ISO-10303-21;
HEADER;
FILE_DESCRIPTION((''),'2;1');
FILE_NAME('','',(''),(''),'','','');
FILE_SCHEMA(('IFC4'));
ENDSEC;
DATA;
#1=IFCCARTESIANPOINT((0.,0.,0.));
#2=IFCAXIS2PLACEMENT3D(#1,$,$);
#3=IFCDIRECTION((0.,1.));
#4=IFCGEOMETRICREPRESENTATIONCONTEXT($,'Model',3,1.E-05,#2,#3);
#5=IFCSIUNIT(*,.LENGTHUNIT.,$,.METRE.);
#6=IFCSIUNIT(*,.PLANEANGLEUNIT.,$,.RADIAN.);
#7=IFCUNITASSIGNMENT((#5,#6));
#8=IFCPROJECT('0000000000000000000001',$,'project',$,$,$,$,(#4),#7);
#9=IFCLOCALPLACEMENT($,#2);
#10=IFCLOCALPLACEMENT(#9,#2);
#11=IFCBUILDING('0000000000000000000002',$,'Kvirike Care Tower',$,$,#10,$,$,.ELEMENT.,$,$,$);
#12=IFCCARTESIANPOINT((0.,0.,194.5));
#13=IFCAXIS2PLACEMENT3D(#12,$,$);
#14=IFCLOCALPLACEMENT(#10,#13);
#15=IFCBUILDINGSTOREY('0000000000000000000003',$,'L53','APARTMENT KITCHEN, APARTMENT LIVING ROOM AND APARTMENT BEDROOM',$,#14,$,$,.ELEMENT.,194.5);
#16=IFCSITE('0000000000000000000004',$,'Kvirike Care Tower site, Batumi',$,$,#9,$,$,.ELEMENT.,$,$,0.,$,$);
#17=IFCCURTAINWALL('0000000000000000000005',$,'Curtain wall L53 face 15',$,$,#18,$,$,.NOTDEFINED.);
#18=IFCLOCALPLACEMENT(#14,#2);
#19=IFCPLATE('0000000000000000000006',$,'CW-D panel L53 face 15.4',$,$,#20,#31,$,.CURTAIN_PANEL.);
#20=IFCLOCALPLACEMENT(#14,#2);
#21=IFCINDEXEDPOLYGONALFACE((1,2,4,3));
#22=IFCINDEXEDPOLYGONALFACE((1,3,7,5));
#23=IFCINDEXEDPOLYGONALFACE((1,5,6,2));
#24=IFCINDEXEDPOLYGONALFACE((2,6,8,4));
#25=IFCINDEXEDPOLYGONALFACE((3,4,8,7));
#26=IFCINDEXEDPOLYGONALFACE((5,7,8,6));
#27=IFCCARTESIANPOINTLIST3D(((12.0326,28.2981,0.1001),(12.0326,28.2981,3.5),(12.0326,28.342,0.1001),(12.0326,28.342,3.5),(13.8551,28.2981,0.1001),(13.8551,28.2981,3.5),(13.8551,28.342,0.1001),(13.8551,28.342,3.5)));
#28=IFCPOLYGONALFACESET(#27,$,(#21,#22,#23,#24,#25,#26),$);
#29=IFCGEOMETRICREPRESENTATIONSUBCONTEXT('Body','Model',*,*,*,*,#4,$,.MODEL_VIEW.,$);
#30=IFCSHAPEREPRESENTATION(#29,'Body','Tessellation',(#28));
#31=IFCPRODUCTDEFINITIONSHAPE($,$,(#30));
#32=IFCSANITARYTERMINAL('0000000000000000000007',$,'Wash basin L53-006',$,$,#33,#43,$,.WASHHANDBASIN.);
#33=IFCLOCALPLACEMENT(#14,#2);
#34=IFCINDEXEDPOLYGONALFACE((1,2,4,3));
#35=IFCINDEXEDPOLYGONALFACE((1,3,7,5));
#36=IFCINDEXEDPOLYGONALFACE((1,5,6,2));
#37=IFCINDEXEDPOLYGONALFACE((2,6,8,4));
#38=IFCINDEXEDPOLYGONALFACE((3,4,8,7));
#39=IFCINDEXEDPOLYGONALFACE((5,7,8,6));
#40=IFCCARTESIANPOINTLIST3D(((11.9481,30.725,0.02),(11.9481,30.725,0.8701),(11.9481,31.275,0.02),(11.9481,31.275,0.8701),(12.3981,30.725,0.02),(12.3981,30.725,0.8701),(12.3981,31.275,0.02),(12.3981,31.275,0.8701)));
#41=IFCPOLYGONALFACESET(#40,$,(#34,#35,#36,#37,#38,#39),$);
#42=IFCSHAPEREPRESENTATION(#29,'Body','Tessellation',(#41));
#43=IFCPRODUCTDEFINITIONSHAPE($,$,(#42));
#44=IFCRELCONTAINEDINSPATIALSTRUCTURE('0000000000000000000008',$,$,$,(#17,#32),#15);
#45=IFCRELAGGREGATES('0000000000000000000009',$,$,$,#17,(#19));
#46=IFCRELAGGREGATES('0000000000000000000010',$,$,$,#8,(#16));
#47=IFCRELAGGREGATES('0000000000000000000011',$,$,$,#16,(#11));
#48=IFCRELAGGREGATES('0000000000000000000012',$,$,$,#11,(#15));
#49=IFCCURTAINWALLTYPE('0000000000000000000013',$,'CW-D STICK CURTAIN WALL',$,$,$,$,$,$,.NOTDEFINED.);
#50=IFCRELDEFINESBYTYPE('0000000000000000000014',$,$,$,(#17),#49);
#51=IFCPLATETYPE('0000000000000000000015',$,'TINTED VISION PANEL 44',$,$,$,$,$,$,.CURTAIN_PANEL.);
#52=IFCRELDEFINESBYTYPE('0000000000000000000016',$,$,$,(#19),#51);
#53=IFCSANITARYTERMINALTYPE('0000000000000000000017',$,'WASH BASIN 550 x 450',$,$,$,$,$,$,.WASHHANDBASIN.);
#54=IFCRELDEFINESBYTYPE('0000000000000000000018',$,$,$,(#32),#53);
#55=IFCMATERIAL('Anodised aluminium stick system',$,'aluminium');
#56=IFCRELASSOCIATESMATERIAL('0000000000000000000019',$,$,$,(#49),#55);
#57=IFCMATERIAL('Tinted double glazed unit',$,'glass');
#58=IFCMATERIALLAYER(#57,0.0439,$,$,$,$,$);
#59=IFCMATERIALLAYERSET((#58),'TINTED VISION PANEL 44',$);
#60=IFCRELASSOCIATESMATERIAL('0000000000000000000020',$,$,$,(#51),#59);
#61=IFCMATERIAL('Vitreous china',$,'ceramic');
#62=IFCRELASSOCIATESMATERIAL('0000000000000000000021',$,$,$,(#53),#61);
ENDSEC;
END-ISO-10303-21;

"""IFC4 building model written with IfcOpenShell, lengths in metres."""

from ifc_helpers import new_model, si_unit, direction, frame, origin, origin_2d, place, context, subcontext, project, spatial, rectangle, extrude, material, layer, layer_set, type_object, element, aggregate, save


model = new_model("IFC4")

# Units and contexts
model_context = context("Model", 3, precision=1e-05, world=origin(), true_north=direction((0.0, 1.0)))
body_context = subcontext(model_context, "Body", "Model", "MODEL_VIEW")
ifc_project = project(units=[si_unit("LENGTHUNIT", "METRE"), si_unit("PLANEANGLEUNIT", "RADIAN")], contexts=[model_context])

# Site, building, storey
site_placement = place(None, origin())
site = spatial("IfcSite", under=ifc_project, at=site_placement, Name="Kvirike Care Tower site, Batumi", CompositionType="ELEMENT", RefElevation=0.0)
building_placement = place(site_placement, origin())
building = spatial("IfcBuilding", under=site, at=building_placement, Name="Kvirike Care Tower", CompositionType="ELEMENT")
storey_placement = place(building_placement, frame((0.0, 0.0, 194.5)))
storey = spatial("IfcBuildingStorey", under=building, at=storey_placement, Name="L53", Description="APARTMENT KITCHEN, APARTMENT LIVING ROOM AND APARTMENT BEDROOM", CompositionType="ELEMENT", Elevation=194.5)

# Curtain wall
ifc_material_1 = material(Name="Anodised aluminium stick system", Category="aluminium")
curtain_wall_type = type_object("IfcCurtainWallType", Name="CW-D STICK CURTAIN WALL", PredefinedType="NOTDEFINED", material=ifc_material_1)
curtain_wall_1_placement = place(storey_placement, origin())
curtain_wall_1 = element("IfcCurtainWall", 1, at=curtain_wall_1_placement, inside=storey, type_object=curtain_wall_type, Name="Curtain wall L53 face 15", PredefinedType="NOTDEFINED")

# Plate
ifc_material_2 = material(Name="Tinted double glazed unit", Category="glass")
ifc_layer = layer(ifc_material_2, 0.0439)
ifc_layer_set = layer_set([ifc_layer], Name="TINTED VISION PANEL 44")
plate_type = type_object("IfcPlateType", Name="TINTED VISION PANEL 44", PredefinedType="CURTAIN_PANEL", material=ifc_layer_set)
plate_1_placement = place(storey_placement, frame((12.9438, 28.3201, 0.1001), z_axis=(0.0, 0.0, 1.0), x_axis=(1.0, 0.0, 0.0)))
plate_1 = element("IfcPlate", 2, at=plate_1_placement, type_object=plate_type, Name="CW-D panel L53 face 15.4", PredefinedType="CURTAIN_PANEL", context=body_context, shape_type="SweptSolid", body=[
    extrude(rectangle(XDim=1.8225, YDim=0.0439, at=origin_2d()), origin(), (0.0, 0.0, 1.0), 3.3999),
])
aggregate(curtain_wall_1, [plate_1])

# Sanitary terminal
ifc_material_3 = material(Name="Vitreous china", Category="ceramic")
sanitary_terminal_type = type_object("IfcSanitaryTerminalType", Name="WASH BASIN 550 x 450", PredefinedType="WASHHANDBASIN", material=ifc_material_3)
sanitary_terminal_placement = place(storey_placement, frame((12.1731, 31.0, 0.02), z_axis=(0.0, 0.0, 1.0), x_axis=(0.0, -1.0, 0.0)))
element("IfcSanitaryTerminal", 3, at=sanitary_terminal_placement, inside=storey, type_object=sanitary_terminal_type, Name="Wash basin L53-006", PredefinedType="WASHHANDBASIN", context=body_context, shape_type="SweptSolid", body=[
    extrude(rectangle(XDim=0.55, YDim=0.45, at=origin_2d()), origin(), (0.0, 0.0, 1.0), 0.8501),
])

save(model, "model.ifc")
